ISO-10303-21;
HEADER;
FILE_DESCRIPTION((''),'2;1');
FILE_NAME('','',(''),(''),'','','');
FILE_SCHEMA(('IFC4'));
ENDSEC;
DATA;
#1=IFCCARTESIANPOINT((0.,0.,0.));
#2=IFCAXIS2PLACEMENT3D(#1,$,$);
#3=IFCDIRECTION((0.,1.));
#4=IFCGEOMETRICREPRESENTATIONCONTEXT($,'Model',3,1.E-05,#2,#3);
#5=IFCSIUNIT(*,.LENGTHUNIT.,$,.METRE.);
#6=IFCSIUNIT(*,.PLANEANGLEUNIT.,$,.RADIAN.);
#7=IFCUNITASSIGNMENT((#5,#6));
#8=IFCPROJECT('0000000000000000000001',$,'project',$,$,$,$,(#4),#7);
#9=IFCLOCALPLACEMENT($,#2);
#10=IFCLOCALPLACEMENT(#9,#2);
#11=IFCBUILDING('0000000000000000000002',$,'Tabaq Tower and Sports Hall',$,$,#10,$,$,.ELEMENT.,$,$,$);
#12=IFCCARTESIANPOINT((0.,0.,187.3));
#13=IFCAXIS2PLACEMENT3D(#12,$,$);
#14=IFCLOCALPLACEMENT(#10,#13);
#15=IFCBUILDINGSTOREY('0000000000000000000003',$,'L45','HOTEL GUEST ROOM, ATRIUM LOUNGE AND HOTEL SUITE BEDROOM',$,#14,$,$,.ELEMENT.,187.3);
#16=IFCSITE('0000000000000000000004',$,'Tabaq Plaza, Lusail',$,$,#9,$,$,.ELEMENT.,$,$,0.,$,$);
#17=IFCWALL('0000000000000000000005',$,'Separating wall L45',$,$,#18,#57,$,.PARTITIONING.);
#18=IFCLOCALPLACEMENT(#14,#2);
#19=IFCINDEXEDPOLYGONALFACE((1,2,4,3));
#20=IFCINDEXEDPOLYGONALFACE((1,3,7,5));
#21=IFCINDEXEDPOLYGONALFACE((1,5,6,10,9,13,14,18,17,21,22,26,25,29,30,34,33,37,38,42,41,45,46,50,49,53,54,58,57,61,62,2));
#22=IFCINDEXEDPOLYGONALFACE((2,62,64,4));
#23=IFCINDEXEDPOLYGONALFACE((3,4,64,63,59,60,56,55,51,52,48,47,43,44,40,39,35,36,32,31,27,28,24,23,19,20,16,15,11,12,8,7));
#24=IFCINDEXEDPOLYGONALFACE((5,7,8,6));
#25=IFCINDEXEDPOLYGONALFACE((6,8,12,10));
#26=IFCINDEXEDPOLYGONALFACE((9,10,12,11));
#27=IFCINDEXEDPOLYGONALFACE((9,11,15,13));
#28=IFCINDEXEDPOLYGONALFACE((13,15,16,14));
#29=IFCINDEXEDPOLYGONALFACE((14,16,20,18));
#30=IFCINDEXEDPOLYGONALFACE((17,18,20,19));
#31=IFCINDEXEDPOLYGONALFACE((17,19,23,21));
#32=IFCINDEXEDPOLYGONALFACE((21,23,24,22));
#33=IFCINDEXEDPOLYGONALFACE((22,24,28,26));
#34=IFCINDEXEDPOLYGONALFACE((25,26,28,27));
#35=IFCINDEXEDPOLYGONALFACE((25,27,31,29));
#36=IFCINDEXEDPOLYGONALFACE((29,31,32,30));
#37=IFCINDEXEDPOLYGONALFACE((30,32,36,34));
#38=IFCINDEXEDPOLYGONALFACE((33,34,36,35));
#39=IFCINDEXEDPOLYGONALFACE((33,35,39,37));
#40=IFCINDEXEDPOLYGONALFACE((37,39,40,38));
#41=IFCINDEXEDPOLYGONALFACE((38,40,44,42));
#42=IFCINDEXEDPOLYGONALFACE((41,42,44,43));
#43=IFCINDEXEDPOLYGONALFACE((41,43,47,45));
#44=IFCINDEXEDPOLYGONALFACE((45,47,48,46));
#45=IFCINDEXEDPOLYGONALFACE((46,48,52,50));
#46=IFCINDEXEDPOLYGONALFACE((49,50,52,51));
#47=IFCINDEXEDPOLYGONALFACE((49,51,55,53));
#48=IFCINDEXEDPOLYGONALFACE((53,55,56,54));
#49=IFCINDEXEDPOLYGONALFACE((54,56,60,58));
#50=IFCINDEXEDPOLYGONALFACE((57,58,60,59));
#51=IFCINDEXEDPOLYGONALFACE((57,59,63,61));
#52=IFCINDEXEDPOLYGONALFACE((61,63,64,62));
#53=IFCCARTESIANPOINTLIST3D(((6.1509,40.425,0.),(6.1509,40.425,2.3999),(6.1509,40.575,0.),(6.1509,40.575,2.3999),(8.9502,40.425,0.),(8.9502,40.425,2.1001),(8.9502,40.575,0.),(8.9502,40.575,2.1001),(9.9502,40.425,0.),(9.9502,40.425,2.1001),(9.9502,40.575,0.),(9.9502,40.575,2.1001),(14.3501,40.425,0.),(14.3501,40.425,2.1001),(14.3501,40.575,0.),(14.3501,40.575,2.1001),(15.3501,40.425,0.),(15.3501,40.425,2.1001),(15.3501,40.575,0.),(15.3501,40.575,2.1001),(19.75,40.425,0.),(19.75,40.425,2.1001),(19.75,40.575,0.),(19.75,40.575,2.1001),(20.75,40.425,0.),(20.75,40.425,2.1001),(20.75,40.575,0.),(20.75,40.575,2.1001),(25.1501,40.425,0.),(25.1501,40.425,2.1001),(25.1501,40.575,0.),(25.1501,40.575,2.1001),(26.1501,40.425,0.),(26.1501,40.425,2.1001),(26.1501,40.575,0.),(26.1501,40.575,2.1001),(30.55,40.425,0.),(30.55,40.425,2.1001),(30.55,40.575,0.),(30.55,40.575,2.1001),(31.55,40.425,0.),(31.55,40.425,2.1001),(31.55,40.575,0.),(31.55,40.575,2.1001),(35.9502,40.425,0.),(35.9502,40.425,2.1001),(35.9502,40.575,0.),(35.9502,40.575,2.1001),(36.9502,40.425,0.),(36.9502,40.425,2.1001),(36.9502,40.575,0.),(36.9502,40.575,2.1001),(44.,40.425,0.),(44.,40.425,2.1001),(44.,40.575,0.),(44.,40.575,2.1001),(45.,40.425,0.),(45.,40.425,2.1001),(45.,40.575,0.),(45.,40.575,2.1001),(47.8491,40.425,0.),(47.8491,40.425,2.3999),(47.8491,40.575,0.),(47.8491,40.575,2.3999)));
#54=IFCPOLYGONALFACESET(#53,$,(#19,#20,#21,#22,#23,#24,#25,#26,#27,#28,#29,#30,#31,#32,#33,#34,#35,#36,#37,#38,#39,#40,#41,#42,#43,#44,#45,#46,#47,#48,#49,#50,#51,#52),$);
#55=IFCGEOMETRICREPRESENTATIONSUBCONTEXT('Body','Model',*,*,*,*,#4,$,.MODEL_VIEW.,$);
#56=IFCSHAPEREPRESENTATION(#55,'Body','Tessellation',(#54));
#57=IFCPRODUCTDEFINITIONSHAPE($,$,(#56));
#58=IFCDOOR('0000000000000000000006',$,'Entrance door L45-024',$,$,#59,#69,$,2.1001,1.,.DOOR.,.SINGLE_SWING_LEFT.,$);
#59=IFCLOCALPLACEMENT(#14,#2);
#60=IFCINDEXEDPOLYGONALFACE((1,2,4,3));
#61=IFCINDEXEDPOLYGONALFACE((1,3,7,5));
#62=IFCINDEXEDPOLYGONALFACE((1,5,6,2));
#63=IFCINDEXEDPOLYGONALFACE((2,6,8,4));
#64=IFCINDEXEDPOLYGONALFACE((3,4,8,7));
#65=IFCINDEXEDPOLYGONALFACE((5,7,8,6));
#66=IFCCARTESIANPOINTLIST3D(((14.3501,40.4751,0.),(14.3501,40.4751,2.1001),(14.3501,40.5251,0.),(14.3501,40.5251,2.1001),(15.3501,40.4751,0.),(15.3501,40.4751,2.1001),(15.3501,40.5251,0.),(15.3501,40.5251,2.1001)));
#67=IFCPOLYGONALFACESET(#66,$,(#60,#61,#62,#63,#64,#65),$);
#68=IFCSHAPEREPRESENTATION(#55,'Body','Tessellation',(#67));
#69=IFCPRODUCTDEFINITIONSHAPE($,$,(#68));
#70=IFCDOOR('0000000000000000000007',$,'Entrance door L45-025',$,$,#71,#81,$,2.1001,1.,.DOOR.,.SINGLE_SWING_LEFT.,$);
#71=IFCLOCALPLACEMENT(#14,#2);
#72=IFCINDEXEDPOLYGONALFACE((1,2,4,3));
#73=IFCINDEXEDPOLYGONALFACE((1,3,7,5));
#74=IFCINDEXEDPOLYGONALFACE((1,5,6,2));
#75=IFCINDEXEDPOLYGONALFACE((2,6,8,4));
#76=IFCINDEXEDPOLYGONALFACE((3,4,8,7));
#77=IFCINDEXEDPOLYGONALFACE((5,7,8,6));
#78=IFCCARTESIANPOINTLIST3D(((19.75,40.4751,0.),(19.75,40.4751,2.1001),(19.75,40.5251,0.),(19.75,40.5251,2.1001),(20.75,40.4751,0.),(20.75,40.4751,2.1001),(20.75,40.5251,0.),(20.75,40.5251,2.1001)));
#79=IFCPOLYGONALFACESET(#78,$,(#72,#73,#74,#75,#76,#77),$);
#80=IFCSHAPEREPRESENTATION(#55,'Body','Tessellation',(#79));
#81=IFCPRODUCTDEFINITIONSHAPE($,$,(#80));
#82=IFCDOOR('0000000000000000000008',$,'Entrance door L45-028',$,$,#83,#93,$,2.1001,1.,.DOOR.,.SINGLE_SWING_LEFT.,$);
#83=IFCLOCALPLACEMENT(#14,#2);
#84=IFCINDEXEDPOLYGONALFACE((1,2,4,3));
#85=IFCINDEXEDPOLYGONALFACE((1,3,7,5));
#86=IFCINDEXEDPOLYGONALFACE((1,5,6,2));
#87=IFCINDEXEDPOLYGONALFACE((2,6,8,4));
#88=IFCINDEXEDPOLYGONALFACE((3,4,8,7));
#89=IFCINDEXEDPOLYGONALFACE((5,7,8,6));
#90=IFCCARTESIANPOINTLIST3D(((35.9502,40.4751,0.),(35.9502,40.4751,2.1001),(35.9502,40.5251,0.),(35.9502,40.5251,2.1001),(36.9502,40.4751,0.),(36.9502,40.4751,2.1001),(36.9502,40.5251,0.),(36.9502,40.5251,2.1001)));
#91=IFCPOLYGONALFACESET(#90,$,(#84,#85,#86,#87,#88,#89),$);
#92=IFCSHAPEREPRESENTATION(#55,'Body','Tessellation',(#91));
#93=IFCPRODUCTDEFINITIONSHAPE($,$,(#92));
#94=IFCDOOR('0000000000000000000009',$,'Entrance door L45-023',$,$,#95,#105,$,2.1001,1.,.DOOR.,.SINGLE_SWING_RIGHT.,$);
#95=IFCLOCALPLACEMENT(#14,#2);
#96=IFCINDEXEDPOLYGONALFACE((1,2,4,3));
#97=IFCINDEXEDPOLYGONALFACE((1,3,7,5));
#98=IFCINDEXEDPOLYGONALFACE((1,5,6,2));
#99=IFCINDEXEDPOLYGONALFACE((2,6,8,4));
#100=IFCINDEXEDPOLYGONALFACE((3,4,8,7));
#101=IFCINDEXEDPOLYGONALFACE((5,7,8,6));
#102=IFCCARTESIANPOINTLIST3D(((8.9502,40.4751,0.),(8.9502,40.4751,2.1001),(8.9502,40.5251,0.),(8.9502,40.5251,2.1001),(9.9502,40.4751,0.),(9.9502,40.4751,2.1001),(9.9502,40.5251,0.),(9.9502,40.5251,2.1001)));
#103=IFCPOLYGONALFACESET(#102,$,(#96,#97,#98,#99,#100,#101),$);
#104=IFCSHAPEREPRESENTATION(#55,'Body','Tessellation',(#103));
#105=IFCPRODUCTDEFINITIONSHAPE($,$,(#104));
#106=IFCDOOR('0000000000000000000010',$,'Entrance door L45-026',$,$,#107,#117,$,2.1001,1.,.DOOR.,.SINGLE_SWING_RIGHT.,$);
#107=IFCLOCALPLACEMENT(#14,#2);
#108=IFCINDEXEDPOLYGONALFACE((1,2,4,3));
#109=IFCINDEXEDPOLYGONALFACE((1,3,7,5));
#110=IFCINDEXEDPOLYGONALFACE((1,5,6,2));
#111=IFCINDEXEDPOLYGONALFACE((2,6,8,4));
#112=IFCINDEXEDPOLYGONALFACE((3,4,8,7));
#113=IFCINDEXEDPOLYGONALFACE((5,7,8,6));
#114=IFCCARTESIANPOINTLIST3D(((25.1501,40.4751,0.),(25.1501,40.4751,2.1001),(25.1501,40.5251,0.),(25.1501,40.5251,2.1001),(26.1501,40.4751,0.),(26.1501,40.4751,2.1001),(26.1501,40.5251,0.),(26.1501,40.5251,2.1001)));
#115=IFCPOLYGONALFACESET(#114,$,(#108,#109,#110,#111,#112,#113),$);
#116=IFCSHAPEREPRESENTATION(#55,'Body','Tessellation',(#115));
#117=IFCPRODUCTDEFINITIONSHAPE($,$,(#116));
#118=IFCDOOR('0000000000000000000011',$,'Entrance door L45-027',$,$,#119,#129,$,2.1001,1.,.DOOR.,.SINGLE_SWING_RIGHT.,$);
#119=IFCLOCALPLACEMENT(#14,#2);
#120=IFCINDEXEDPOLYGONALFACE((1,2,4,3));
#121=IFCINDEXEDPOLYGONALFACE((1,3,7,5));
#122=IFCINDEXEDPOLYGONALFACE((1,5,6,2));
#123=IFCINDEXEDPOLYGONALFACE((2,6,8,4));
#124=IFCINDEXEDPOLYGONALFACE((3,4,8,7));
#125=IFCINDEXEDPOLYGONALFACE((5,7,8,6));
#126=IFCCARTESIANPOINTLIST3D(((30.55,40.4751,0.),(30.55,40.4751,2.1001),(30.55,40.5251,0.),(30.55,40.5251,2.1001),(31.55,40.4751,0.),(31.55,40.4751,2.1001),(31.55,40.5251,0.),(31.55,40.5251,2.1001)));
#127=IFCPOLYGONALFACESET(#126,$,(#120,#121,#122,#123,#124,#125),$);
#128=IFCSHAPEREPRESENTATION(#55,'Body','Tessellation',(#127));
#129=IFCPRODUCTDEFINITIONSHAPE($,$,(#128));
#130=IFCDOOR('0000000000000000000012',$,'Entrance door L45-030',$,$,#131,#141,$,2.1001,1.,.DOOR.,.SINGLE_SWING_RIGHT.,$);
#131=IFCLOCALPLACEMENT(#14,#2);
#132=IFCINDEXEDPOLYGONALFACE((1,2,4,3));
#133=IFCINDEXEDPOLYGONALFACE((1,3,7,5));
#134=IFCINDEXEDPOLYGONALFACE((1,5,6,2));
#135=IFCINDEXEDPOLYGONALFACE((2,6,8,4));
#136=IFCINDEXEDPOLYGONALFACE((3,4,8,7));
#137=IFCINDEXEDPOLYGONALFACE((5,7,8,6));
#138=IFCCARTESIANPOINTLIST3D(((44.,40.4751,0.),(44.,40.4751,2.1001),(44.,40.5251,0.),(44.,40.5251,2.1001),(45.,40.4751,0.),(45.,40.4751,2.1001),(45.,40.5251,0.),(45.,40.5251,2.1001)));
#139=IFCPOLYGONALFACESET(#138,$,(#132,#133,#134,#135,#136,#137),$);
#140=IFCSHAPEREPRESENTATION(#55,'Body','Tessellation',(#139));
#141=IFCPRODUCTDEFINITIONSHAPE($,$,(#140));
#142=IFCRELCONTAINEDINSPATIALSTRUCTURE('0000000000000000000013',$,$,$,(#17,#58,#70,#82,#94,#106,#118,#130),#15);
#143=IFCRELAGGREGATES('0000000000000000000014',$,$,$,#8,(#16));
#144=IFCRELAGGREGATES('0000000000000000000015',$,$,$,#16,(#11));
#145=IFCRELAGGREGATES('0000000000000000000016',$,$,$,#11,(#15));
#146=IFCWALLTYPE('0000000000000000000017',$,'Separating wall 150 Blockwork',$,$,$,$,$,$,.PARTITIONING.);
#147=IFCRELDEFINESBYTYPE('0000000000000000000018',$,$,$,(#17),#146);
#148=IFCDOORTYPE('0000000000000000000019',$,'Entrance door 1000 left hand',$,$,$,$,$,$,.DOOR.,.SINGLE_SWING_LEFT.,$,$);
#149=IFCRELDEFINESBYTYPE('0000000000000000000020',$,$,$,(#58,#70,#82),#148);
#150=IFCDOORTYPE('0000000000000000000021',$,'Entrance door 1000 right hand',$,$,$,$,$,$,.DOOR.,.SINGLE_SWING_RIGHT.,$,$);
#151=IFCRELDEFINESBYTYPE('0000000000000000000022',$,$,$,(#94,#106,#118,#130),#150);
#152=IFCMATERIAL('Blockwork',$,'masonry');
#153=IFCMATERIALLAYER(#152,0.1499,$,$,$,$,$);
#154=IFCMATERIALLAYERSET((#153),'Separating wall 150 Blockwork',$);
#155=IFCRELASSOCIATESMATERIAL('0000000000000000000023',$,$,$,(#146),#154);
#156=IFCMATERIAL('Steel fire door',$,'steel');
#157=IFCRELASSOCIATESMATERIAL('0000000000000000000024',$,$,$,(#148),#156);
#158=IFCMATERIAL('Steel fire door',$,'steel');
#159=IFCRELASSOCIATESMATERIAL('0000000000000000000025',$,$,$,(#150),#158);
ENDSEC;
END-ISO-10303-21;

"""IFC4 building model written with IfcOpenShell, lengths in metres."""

from ifc_helpers import new_model, si_unit, direction, frame, frame_2d, origin, place, context, subcontext, project, spatial, rectangle, extrude, material, layer, layer_set, type_object, element, fill, save


model = new_model("IFC4")

# Units and contexts
model_context = context("Model", 3, precision=1e-05, world=origin(), true_north=direction((0.0, 1.0)))
body_context = subcontext(model_context, "Body", "Model", "MODEL_VIEW")
ifc_project = project(units=[si_unit("LENGTHUNIT", "METRE"), si_unit("PLANEANGLEUNIT", "RADIAN")], contexts=[model_context])

# Site, building, storey
site_placement = place(None, origin())
site = spatial("IfcSite", under=ifc_project, at=site_placement, Name="Tabaq Plaza, Lusail", CompositionType="ELEMENT", RefElevation=0.0)
building_placement = place(site_placement, origin())
building = spatial("IfcBuilding", under=site, at=building_placement, Name="Tabaq Tower and Sports Hall", CompositionType="ELEMENT")
storey_placement = place(building_placement, frame((0.0, 0.0, 187.3)))
storey = spatial("IfcBuildingStorey", under=building, at=storey_placement, Name="L45", Description="HOTEL GUEST ROOM, ATRIUM LOUNGE AND HOTEL SUITE BEDROOM", CompositionType="ELEMENT", Elevation=187.3)

# Wall, openings, doors
ifc_material_1 = material(Name="Blockwork", Category="masonry")
ifc_layer_1 = layer(ifc_material_1, 0.1499)
ifc_layer_set_1 = layer_set([ifc_layer_1], Name="Separating wall 150 Blockwork")
wall_type_1 = type_object("IfcWallType", Name="Separating wall 150 Blockwork", PredefinedType="PARTITIONING", material=ifc_layer_set_1)
wall_1_placement = place(storey_placement, frame((47.8491, 40.5, 0.0), z_axis=(0.0, 0.0, 1.0), x_axis=(-1.0, 0.0, 0.0)))
wall_1 = element("IfcWall", 1, at=wall_1_placement, inside=storey, type_object=wall_type_1, Name="Separating wall L45", PredefinedType="PARTITIONING", context=body_context, shape_type="SweptSolid", body=[
    extrude(rectangle(XDim=41.6982, YDim=0.1499, at=frame_2d((20.8491, 0.0))), origin(), (0.0, 0.0, 1.0), 2.3999),
])
opening_1_placement = place(wall_1_placement, frame((37.8989, 0.0, 0.0)))
opening_1 = element("IfcOpeningElement", 2, at=opening_1_placement, cuts=wall_1, PredefinedType="OPENING", context=body_context, shape_type="SweptSolid", body=[
    extrude(rectangle(XDim=1.0, YDim=2.1001, at=frame_2d((0.5, 1.05))), frame((0.0, 0.075, 0.0), z_axis=(0.0, -1.0, 0.0), x_axis=(1.0, 0.0, 0.0)), (0.0, 0.0, 1.0), 0.1499),
])
opening_2_placement = place(wall_1_placement, frame((32.499, 0.0, 0.0)))
opening_2 = element("IfcOpeningElement", 3, at=opening_2_placement, cuts=wall_1, PredefinedType="OPENING", context=body_context, shape_type="SweptSolid", body=[
    extrude(rectangle(XDim=1.0, YDim=2.1001, at=frame_2d((0.5, 1.05))), frame((0.0, 0.075, 0.0), z_axis=(0.0, -1.0, 0.0), x_axis=(1.0, 0.0, 0.0)), (0.0, 0.0, 1.0), 0.1499),
])
opening_3_placement = place(wall_1_placement, frame((27.0991, 0.0, 0.0)))
opening_3 = element("IfcOpeningElement", 4, at=opening_3_placement, cuts=wall_1, PredefinedType="OPENING", context=body_context, shape_type="SweptSolid", body=[
    extrude(rectangle(XDim=1.0, YDim=2.1001, at=frame_2d((0.5, 1.05))), frame((0.0, 0.075, 0.0), z_axis=(0.0, -1.0, 0.0), x_axis=(1.0, 0.0, 0.0)), (0.0, 0.0, 1.0), 0.1499),
])
opening_4_placement = place(wall_1_placement, frame((21.699, 0.0, 0.0)))
opening_4 = element("IfcOpeningElement", 5, at=opening_4_placement, cuts=wall_1, PredefinedType="OPENING", context=body_context, shape_type="SweptSolid", body=[
    extrude(rectangle(XDim=1.0, YDim=2.1001, at=frame_2d((0.5, 1.05))), frame((0.0, 0.075, 0.0), z_axis=(0.0, -1.0, 0.0), x_axis=(1.0, 0.0, 0.0)), (0.0, 0.0, 1.0), 0.1499),
])
opening_5_placement = place(wall_1_placement, frame((16.2991, 0.0, 0.0)))
opening_5 = element("IfcOpeningElement", 6, at=opening_5_placement, cuts=wall_1, PredefinedType="OPENING", context=body_context, shape_type="SweptSolid", body=[
    extrude(rectangle(XDim=1.0, YDim=2.1001, at=frame_2d((0.5, 1.05))), frame((0.0, 0.075, 0.0), z_axis=(0.0, -1.0, 0.0), x_axis=(1.0, 0.0, 0.0)), (0.0, 0.0, 1.0), 0.1499),
])
opening_6_placement = place(wall_1_placement, frame((10.8989, 0.0, 0.0)))
opening_6 = element("IfcOpeningElement", 7, at=opening_6_placement, cuts=wall_1, PredefinedType="OPENING", context=body_context, shape_type="SweptSolid", body=[
    extrude(rectangle(XDim=1.0, YDim=2.1001, at=frame_2d((0.5, 1.05))), frame((0.0, 0.075, 0.0), z_axis=(0.0, -1.0, 0.0), x_axis=(1.0, 0.0, 0.0)), (0.0, 0.0, 1.0), 0.1499),
])
opening_7_placement = place(wall_1_placement, frame((2.8491, 0.0, 0.0)))
opening_7 = element("IfcOpeningElement", 8, at=opening_7_placement, cuts=wall_1, PredefinedType="OPENING", context=body_context, shape_type="SweptSolid", body=[
    extrude(rectangle(XDim=1.0, YDim=2.1001, at=frame_2d((0.5, 1.05))), frame((0.0, 0.075, 0.0), z_axis=(0.0, -1.0, 0.0), x_axis=(1.0, 0.0, 0.0)), (0.0, 0.0, 1.0), 0.1499),
])
ifc_material_2 = material(Name="Steel fire door", Category="steel")
door_type_1 = type_object("IfcDoorType", Name="Entrance door 1000 left hand", OperationType="SINGLE_SWING_LEFT", PredefinedType="DOOR", material=ifc_material_2)
door_1_placement = place(opening_2_placement, origin())
door_1 = element("IfcDoor", 9, at=door_1_placement, inside=storey, type_object=door_type_1, Name="Entrance door L45-024", OperationType="SINGLE_SWING_LEFT", OverallHeight=2.1001, OverallWidth=1.0, PredefinedType="DOOR", context=body_context, shape_type="SweptSolid", body=[
    extrude(rectangle(XDim=1.0, YDim=2.1001, at=frame_2d((0.5, 1.05))), frame((0.0, 0.0249, 0.0), z_axis=(0.0, -1.0, 0.0), x_axis=(1.0, 0.0, 0.0)), (0.0, 0.0, 1.0), 0.05),
])
fill(opening_2, door_1)
door_2_placement = place(opening_3_placement, origin())
door_2 = element("IfcDoor", 10, at=door_2_placement, inside=storey, type_object=door_type_1, Name="Entrance door L45-025", OperationType="SINGLE_SWING_LEFT", OverallHeight=2.1001, OverallWidth=1.0, PredefinedType="DOOR", context=body_context, shape_type="SweptSolid", body=[
    extrude(rectangle(XDim=1.0, YDim=2.1001, at=frame_2d((0.5, 1.05))), frame((0.0, 0.0249, 0.0), z_axis=(0.0, -1.0, 0.0), x_axis=(1.0, 0.0, 0.0)), (0.0, 0.0, 1.0), 0.05),
])
fill(opening_3, door_2)
door_3_placement = place(opening_6_placement, origin())
door_3 = element("IfcDoor", 11, at=door_3_placement, inside=storey, type_object=door_type_1, Name="Entrance door L45-028", OperationType="SINGLE_SWING_LEFT", OverallHeight=2.1001, OverallWidth=1.0, PredefinedType="DOOR", context=body_context, shape_type="SweptSolid", body=[
    extrude(rectangle(XDim=1.0, YDim=2.1001, at=frame_2d((0.5, 1.05))), frame((0.0, 0.0249, 0.0), z_axis=(0.0, -1.0, 0.0), x_axis=(1.0, 0.0, 0.0)), (0.0, 0.0, 1.0), 0.05),
])
fill(opening_6, door_3)
ifc_material_3 = material(Name="Steel fire door", Category="steel")
door_type_2 = type_object("IfcDoorType", Name="Entrance door 1000 right hand", OperationType="SINGLE_SWING_RIGHT", PredefinedType="DOOR", material=ifc_material_3)
door_4_placement = place(opening_1_placement, origin())
door_4 = element("IfcDoor", 12, at=door_4_placement, inside=storey, type_object=door_type_2, Name="Entrance door L45-023", OperationType="SINGLE_SWING_RIGHT", OverallHeight=2.1001, OverallWidth=1.0, PredefinedType="DOOR", context=body_context, shape_type="SweptSolid", body=[
    extrude(rectangle(XDim=1.0, YDim=2.1001, at=frame_2d((0.5, 1.05))), frame((0.0, 0.0249, 0.0), z_axis=(0.0, -1.0, 0.0), x_axis=(1.0, 0.0, 0.0)), (0.0, 0.0, 1.0), 0.05),
])
fill(opening_1, door_4)
door_5_placement = place(opening_4_placement, origin())
door_5 = element("IfcDoor", 13, at=door_5_placement, inside=storey, type_object=door_type_2, Name="Entrance door L45-026", OperationType="SINGLE_SWING_RIGHT", OverallHeight=2.1001, OverallWidth=1.0, PredefinedType="DOOR", context=body_context, shape_type="SweptSolid", body=[
    extrude(rectangle(XDim=1.0, YDim=2.1001, at=frame_2d((0.5, 1.05))), frame((0.0, 0.0249, 0.0), z_axis=(0.0, -1.0, 0.0), x_axis=(1.0, 0.0, 0.0)), (0.0, 0.0, 1.0), 0.05),
])
fill(opening_4, door_5)
door_6_placement = place(opening_5_placement, origin())
door_6 = element("IfcDoor", 14, at=door_6_placement, inside=storey, type_object=door_type_2, Name="Entrance door L45-027", OperationType="SINGLE_SWING_RIGHT", OverallHeight=2.1001, OverallWidth=1.0, PredefinedType="DOOR", context=body_context, shape_type="SweptSolid", body=[
    extrude(rectangle(XDim=1.0, YDim=2.1001, at=frame_2d((0.5, 1.05))), frame((0.0, 0.0249, 0.0), z_axis=(0.0, -1.0, 0.0), x_axis=(1.0, 0.0, 0.0)), (0.0, 0.0, 1.0), 0.05),
])
fill(opening_5, door_6)
door_7_placement = place(opening_7_placement, origin())
door_7 = element("IfcDoor", 15, at=door_7_placement, inside=storey, type_object=door_type_2, Name="Entrance door L45-030", OperationType="SINGLE_SWING_RIGHT", OverallHeight=2.1001, OverallWidth=1.0, PredefinedType="DOOR", context=body_context, shape_type="SweptSolid", body=[
    extrude(rectangle(XDim=1.0, YDim=2.1001, at=frame_2d((0.5, 1.05))), frame((0.0, 0.0249, 0.0), z_axis=(0.0, -1.0, 0.0), x_axis=(1.0, 0.0, 0.0)), (0.0, 0.0, 1.0), 0.05),
])
fill(opening_7, door_7)

save(model, "model.ifc")
